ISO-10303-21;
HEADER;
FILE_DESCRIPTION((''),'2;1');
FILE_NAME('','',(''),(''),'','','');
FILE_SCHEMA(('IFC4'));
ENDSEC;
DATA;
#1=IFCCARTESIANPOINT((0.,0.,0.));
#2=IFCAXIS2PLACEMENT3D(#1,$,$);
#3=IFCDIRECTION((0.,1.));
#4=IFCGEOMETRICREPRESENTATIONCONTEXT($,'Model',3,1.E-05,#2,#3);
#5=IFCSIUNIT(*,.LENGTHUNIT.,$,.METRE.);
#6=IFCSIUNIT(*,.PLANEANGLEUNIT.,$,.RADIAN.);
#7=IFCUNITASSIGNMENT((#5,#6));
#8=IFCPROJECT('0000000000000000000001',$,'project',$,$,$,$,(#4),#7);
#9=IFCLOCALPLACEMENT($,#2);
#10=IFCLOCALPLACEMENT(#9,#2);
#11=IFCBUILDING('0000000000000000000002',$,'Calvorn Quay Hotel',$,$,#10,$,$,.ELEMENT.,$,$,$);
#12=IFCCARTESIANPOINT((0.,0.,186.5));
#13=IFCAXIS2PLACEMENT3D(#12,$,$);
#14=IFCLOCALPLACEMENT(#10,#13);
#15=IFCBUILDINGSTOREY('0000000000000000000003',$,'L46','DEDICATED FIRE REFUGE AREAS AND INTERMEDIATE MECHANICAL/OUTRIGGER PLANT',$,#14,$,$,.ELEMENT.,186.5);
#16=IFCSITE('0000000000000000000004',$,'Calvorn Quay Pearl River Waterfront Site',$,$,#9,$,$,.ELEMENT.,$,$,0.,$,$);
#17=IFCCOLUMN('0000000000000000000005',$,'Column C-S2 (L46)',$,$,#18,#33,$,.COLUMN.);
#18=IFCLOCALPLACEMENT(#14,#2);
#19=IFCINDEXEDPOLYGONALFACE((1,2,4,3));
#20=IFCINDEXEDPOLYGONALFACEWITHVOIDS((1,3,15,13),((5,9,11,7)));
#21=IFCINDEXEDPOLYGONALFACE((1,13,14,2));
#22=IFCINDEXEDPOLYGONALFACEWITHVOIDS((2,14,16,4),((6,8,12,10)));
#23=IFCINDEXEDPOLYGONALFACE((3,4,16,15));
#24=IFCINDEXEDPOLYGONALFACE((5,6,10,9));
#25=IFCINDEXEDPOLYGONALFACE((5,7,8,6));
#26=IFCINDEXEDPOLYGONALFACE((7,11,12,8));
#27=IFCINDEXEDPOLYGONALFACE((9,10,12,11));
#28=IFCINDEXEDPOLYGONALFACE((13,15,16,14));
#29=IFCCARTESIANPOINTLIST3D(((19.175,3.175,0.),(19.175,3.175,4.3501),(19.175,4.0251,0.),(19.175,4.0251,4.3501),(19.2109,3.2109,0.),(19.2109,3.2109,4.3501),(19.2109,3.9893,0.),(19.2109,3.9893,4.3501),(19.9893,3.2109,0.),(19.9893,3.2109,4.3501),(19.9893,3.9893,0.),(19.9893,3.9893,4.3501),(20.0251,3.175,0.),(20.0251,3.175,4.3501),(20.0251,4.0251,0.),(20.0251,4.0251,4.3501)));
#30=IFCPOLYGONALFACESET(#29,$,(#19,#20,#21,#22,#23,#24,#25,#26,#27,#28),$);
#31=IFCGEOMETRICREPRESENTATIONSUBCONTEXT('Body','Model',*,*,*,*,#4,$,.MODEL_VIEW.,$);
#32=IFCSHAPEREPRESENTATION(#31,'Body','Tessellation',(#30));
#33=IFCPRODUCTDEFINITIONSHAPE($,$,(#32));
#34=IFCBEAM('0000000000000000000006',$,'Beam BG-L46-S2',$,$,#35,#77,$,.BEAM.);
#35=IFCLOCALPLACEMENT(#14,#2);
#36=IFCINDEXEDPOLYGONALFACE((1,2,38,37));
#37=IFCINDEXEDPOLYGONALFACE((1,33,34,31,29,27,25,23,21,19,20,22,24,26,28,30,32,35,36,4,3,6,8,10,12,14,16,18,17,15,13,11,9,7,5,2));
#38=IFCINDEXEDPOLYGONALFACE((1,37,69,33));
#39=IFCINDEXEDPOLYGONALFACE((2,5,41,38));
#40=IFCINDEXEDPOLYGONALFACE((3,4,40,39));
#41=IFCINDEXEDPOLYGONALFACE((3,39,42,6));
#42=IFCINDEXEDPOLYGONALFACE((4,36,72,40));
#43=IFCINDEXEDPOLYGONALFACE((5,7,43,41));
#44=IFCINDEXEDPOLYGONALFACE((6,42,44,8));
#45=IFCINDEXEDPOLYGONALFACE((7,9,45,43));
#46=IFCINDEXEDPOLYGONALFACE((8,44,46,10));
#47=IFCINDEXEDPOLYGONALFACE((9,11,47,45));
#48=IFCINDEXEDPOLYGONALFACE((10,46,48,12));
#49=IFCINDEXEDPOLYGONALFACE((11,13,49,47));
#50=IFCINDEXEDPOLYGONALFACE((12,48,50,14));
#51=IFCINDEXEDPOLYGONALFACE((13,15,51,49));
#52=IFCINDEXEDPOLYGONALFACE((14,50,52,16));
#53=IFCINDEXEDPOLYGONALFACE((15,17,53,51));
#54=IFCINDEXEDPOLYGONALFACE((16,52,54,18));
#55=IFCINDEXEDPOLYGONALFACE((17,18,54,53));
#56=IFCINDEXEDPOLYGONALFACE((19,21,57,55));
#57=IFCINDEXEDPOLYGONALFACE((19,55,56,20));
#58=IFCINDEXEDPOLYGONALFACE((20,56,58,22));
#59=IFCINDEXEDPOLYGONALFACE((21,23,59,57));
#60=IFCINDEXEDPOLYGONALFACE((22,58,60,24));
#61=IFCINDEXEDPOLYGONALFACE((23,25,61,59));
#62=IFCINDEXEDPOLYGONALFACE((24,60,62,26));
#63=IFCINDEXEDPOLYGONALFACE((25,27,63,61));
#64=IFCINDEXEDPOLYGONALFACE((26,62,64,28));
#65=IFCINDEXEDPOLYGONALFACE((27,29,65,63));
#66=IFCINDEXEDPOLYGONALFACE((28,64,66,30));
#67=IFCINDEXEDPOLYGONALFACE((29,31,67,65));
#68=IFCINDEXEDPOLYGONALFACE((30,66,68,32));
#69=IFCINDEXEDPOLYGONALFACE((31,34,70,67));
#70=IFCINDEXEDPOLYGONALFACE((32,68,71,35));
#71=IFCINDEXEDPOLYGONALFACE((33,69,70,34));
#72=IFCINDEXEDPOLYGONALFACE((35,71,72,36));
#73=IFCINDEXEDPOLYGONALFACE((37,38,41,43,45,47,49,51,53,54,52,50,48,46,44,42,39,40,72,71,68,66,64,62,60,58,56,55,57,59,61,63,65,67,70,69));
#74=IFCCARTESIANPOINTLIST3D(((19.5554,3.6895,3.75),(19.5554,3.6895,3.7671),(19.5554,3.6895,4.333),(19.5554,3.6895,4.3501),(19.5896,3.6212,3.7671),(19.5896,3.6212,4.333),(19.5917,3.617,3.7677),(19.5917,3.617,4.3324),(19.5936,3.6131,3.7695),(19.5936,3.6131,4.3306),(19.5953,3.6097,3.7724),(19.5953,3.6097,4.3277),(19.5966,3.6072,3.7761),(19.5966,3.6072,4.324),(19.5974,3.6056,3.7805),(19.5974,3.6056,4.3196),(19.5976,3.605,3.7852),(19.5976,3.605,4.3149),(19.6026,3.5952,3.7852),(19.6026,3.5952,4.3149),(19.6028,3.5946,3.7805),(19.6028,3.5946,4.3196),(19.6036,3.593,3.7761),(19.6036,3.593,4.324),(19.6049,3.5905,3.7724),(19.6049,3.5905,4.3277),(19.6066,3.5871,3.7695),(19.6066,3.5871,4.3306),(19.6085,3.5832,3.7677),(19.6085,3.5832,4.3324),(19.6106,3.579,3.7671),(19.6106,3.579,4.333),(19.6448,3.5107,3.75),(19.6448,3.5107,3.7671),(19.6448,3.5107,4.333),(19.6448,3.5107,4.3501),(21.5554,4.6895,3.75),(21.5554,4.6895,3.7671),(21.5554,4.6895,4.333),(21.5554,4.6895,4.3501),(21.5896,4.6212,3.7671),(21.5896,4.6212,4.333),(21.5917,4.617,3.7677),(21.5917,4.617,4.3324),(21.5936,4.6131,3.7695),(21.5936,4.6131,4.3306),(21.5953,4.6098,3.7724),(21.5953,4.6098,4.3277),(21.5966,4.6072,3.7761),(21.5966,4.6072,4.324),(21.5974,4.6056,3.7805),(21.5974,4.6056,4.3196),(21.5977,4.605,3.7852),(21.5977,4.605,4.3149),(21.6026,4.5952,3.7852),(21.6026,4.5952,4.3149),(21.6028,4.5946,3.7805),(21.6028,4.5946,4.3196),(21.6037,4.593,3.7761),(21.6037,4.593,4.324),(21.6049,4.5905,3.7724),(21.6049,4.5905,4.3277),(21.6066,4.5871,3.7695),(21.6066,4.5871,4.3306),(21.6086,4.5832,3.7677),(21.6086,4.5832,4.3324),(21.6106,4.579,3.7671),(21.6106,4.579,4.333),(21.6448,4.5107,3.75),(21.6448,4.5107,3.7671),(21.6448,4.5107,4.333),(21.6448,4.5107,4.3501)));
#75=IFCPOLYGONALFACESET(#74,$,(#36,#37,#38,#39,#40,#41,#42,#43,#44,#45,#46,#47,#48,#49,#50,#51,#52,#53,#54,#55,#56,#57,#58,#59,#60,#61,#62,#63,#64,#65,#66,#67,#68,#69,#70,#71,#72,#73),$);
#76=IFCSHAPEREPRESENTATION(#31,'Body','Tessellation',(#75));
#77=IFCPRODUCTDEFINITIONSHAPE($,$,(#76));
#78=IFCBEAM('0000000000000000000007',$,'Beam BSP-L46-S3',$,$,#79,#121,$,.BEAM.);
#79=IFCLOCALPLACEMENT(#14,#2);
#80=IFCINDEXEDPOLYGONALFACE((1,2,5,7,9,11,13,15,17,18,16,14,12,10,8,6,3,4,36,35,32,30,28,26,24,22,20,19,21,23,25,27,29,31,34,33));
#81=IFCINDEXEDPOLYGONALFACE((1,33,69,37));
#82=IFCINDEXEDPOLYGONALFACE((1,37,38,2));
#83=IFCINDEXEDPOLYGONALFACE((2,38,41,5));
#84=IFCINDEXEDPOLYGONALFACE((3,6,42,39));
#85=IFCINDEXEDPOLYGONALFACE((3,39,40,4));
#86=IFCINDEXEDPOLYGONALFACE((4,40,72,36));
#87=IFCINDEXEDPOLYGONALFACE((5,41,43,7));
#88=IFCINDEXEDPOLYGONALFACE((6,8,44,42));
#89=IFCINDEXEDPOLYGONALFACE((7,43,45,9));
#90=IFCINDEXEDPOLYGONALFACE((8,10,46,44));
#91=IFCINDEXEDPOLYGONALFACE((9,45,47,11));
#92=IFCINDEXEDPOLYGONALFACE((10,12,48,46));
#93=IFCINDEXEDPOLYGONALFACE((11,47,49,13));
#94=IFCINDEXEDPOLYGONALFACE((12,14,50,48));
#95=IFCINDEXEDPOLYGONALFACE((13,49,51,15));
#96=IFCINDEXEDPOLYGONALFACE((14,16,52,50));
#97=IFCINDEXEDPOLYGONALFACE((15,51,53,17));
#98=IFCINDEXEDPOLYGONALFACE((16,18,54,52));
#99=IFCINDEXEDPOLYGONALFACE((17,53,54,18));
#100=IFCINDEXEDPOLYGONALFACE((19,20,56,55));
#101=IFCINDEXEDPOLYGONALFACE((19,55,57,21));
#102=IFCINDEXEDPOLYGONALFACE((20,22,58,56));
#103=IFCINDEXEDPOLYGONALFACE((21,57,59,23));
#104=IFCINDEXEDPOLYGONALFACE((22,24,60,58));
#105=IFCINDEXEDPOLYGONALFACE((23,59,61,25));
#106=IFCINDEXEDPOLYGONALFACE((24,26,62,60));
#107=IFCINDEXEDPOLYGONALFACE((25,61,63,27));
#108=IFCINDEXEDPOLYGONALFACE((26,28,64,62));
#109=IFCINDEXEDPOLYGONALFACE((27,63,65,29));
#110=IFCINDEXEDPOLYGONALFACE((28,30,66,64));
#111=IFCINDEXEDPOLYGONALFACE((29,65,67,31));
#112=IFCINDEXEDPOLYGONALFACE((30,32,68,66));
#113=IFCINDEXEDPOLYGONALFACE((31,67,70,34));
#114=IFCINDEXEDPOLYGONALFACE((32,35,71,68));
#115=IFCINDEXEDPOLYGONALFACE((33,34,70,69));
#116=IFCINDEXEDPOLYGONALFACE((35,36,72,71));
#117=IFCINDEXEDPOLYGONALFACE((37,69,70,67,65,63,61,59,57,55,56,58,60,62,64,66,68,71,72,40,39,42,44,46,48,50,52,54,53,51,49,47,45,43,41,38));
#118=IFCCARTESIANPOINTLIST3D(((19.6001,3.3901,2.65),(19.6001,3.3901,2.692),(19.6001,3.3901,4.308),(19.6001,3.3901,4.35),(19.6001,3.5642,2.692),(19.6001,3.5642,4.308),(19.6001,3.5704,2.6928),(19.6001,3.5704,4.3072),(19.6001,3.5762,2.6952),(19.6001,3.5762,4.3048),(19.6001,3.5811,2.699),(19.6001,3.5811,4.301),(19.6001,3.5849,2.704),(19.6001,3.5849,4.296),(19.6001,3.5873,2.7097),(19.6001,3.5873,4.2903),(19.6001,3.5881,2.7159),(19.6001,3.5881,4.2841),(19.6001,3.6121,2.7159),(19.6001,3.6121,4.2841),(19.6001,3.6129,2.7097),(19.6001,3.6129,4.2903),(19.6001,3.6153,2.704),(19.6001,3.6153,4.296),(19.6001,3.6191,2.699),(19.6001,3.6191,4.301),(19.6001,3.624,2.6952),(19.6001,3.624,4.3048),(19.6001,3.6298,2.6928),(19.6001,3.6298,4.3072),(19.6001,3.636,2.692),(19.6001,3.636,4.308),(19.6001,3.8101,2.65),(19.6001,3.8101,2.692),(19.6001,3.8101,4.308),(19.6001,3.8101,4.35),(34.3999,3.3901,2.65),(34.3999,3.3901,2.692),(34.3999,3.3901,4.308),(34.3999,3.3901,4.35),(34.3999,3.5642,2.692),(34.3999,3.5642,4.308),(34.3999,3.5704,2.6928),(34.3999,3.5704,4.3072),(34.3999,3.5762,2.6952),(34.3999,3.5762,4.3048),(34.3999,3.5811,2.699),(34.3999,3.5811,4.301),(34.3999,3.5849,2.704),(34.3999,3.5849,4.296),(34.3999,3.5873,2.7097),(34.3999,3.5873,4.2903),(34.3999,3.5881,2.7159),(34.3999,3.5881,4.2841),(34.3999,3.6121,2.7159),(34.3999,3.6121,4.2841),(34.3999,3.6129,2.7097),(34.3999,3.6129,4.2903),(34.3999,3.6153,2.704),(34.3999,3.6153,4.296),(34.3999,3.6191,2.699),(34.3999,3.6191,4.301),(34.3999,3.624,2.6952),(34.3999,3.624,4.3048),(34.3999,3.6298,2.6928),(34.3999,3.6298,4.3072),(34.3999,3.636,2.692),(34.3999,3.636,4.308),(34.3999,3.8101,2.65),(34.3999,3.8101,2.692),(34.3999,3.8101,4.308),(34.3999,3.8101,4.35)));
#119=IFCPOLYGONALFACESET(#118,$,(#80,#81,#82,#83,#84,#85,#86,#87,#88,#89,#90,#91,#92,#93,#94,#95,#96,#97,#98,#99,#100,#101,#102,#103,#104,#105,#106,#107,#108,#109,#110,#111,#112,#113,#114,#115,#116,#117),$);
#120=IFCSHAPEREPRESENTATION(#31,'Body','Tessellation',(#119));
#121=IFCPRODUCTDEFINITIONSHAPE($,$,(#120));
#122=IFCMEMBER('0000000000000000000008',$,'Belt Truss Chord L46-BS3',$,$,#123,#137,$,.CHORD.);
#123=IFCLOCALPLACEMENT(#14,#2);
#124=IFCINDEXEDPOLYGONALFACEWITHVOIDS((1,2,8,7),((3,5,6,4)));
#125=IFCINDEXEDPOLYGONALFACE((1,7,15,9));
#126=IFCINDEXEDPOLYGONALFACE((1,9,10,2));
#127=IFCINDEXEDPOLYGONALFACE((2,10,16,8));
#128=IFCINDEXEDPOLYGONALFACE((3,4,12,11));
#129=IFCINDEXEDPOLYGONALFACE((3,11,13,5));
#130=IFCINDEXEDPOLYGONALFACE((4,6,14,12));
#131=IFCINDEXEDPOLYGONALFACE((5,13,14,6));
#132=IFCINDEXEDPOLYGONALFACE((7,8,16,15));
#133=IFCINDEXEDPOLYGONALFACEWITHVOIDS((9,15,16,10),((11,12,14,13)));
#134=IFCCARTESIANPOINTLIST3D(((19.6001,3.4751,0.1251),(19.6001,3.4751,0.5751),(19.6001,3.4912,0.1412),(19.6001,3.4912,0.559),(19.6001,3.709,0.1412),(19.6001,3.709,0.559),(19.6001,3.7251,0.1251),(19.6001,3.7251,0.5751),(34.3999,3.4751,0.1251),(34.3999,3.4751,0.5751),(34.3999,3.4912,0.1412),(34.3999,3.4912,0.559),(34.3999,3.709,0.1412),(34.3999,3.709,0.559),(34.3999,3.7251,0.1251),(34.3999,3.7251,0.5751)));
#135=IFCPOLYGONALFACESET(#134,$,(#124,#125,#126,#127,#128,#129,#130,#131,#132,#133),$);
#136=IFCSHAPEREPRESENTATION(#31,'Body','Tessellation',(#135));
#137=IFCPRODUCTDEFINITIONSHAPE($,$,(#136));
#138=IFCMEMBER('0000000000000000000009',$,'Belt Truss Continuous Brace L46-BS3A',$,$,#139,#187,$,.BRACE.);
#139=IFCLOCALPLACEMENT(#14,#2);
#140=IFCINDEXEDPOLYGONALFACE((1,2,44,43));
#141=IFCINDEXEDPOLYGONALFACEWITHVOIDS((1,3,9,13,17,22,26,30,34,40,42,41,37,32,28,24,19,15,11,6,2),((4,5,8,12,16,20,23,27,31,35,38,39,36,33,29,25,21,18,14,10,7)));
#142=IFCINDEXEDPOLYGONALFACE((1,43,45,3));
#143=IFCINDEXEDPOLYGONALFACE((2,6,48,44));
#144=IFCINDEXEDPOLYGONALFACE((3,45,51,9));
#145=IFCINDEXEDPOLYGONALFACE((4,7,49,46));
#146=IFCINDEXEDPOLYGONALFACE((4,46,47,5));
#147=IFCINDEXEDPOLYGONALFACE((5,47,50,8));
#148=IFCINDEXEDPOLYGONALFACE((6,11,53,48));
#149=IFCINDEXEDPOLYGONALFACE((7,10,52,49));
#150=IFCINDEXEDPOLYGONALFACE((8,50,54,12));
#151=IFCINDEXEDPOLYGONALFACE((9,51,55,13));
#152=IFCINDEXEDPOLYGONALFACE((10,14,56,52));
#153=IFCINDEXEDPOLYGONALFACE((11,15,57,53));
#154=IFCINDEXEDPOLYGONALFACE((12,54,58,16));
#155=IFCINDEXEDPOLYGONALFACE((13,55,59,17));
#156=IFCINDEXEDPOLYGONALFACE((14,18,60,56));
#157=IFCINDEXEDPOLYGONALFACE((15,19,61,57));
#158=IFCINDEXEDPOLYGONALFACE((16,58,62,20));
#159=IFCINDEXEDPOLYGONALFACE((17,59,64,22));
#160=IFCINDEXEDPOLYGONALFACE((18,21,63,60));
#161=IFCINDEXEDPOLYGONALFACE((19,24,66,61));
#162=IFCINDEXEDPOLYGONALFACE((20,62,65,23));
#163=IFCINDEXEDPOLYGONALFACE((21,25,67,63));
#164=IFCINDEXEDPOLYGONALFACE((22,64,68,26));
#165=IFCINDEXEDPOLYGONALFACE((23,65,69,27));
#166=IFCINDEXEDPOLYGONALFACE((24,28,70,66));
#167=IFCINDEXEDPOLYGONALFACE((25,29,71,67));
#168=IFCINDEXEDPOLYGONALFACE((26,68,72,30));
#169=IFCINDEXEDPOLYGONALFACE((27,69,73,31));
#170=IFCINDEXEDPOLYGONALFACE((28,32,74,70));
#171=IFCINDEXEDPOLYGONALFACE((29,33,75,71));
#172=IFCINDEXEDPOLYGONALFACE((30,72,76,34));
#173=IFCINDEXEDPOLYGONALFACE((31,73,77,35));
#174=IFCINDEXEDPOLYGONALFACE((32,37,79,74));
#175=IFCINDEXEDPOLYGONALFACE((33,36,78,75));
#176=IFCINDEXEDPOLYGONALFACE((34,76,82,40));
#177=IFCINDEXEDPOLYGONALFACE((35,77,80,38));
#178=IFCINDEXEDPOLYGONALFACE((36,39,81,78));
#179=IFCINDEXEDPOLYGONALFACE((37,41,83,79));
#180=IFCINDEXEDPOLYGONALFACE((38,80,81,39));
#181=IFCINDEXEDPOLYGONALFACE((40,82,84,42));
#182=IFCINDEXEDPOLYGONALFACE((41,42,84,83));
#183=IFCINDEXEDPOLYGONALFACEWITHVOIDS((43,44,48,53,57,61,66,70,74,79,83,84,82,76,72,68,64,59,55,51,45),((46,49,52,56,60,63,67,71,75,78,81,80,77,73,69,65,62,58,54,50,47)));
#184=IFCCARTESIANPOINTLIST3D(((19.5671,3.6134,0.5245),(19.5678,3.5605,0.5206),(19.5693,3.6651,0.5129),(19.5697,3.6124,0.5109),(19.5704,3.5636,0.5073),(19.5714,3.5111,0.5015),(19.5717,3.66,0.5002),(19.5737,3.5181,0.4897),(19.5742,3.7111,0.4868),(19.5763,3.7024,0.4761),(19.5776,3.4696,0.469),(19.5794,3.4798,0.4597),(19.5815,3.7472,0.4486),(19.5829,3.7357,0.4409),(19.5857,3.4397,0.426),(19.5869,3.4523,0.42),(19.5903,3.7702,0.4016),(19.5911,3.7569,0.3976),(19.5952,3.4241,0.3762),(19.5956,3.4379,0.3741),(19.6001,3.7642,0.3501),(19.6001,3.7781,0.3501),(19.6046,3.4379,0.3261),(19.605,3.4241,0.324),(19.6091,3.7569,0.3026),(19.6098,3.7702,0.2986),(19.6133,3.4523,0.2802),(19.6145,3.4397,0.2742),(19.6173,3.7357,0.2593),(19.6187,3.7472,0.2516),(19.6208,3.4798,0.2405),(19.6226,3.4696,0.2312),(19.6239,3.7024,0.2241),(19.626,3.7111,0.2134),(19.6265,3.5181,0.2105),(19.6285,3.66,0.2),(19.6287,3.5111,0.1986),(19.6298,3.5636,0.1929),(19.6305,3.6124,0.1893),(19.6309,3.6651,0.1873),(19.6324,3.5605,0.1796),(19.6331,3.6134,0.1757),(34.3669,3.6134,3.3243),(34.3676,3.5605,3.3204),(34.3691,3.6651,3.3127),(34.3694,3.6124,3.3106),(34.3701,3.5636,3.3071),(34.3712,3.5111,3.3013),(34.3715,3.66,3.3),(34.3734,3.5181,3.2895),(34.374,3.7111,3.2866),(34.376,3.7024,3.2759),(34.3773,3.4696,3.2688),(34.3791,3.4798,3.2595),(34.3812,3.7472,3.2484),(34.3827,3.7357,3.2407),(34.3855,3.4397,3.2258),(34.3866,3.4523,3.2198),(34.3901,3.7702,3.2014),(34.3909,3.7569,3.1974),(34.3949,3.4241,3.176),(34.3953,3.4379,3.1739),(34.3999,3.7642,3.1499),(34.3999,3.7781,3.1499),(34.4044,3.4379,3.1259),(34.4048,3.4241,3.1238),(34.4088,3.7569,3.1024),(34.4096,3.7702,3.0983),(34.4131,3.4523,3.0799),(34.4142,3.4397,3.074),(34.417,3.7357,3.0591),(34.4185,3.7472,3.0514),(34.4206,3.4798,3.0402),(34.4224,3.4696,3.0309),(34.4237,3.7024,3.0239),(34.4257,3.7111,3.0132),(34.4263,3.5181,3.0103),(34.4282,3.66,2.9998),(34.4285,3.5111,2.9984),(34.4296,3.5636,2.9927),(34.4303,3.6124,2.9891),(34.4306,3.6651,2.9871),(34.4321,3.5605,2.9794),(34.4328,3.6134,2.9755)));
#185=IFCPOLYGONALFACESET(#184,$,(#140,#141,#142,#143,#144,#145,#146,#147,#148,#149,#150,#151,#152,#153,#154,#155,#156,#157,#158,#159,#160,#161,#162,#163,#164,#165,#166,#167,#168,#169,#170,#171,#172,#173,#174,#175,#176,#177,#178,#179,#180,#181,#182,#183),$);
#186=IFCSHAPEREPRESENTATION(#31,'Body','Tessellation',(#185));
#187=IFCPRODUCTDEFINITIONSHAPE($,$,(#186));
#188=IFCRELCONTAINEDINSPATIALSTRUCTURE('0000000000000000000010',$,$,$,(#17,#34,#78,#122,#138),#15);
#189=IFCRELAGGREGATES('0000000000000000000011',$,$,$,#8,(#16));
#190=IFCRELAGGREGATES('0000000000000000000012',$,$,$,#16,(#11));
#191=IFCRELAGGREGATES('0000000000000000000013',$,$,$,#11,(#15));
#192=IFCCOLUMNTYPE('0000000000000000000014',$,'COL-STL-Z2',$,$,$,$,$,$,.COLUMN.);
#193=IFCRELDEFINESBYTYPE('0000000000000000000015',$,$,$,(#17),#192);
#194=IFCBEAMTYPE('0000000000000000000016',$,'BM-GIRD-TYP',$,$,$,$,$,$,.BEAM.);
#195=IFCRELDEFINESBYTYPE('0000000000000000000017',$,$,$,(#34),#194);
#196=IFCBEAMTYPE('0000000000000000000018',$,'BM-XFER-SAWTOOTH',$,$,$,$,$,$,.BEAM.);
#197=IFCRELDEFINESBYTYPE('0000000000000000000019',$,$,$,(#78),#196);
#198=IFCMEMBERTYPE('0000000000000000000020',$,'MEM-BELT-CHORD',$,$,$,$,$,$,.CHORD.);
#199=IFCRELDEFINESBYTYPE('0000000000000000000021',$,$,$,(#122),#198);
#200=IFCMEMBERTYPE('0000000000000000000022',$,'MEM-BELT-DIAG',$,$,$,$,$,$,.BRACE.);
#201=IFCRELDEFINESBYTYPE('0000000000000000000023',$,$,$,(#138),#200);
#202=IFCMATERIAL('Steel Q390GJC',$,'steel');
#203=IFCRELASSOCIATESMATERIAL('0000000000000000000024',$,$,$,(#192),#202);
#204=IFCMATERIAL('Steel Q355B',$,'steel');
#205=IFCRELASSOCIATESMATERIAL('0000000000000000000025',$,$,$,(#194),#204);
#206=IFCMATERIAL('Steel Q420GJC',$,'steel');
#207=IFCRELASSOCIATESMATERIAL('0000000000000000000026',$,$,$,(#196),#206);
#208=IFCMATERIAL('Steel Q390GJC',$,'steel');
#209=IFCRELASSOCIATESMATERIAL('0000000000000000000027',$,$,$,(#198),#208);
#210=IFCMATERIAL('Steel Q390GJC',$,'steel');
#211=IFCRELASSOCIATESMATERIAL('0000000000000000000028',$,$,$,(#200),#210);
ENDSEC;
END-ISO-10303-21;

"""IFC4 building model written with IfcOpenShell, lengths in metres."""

from ifc_helpers import new_model, si_unit, direction, frame, origin, origin_2d, place, context, subcontext, project, spatial, hollow_rectangle, hollow_circle, i_section, extrude, material, material_profile, profile_set, type_object, element, save


model = new_model("IFC4")

# Units and contexts
model_context = context("Model", 3, precision=1e-05, world=origin(), true_north=direction((0.0, 1.0)))
body_context = subcontext(model_context, "Body", "Model", "MODEL_VIEW")
ifc_project = project(units=[si_unit("LENGTHUNIT", "METRE"), si_unit("PLANEANGLEUNIT", "RADIAN")], contexts=[model_context])

# Site, building, storey
site_placement = place(None, origin())
site = spatial("IfcSite", under=ifc_project, at=site_placement, Name="Calvorn Quay Pearl River Waterfront Site", CompositionType="ELEMENT", RefElevation=0.0)
building_placement = place(site_placement, origin())
building = spatial("IfcBuilding", under=site, at=building_placement, Name="Calvorn Quay Hotel", CompositionType="ELEMENT")
storey_placement = place(building_placement, frame((0.0, 0.0, 186.5)))
storey = spatial("IfcBuildingStorey", under=building, at=storey_placement, Name="L46", Description="DEDICATED FIRE REFUGE AREAS AND INTERMEDIATE MECHANICAL/OUTRIGGER PLANT", CompositionType="ELEMENT", Elevation=186.5)

# Column
ifc_material_1 = material(Name="Steel Q390GJC", Category="steel")
ifc_material_profile_1 = material_profile(ifc_material_1, hollow_rectangle(XDim=0.8501, YDim=0.8501, WallThickness=0.0359, at=origin_2d()), Name="BOX850x850x36")
ifc_profile_set_1 = profile_set([ifc_material_profile_1], Name="Steel Q390GJC")
column_type = type_object("IfcColumnType", Name="COL-STL-Z2", PredefinedType="COLUMN", material=ifc_profile_set_1)
column_placement = place(storey_placement, frame((19.6001, 3.6001, 0.0), z_axis=(0.0, 0.0, 1.0), x_axis=(1.0, 0.0, 0.0)))
element("IfcColumn", 1, at=column_placement, inside=storey, type_object=column_type, Name="Column C-S2 (L46)", PredefinedType="COLUMN", context=body_context, shape_type="SweptSolid", body=[
    extrude(hollow_rectangle(XDim=0.8501, YDim=0.8501, WallThickness=0.0359, at=origin_2d()), origin(), (0.0, 0.0, 1.0), 4.3501),
])

# Beams
ifc_material_2 = material(Name="Steel Q355B", Category="steel")
ifc_material_profile_2 = material_profile(ifc_material_2, i_section(OverallWidth=0.2, OverallDepth=0.6001, WebThickness=0.011, FlangeThickness=0.0171, FilletRadius=0.0181, at=origin_2d()), Name="HN600x200x11x17")
ifc_profile_set_2 = profile_set([ifc_material_profile_2], Name="Steel Q355B")
beam_type_1 = type_object("IfcBeamType", Name="BM-GIRD-TYP", PredefinedType="BEAM", material=ifc_profile_set_2)
beam_1_placement = place(storey_placement, frame((19.6001, 3.6001, 4.05), z_axis=(0.894427, 0.447214, 0.0), x_axis=(-0.447214, 0.894427, 0.0)))
element("IfcBeam", 2, at=beam_1_placement, inside=storey, type_object=beam_type_1, Name="Beam BG-L46-S2", PredefinedType="BEAM", context=body_context, shape_type="SweptSolid", body=[
    extrude(i_section(OverallWidth=0.2, OverallDepth=0.6001, WebThickness=0.011, FlangeThickness=0.0171, FilletRadius=0.0181, at=origin_2d()), origin(), (0.0, 0.0, 1.0), 2.2361),
])
ifc_material_3 = material(Name="Steel Q420GJC", Category="steel")
ifc_material_profile_3 = material_profile(ifc_material_3, i_section(OverallWidth=0.4199, OverallDepth=1.7, WebThickness=0.0239, FlangeThickness=0.042, FilletRadius=0.0239, at=origin_2d()), Name="HN1700x420x24x42")
ifc_profile_set_3 = profile_set([ifc_material_profile_3], Name="Steel Q420GJC")
beam_type_2 = type_object("IfcBeamType", Name="BM-XFER-SAWTOOTH", PredefinedType="BEAM", material=ifc_profile_set_3)
beam_2_placement = place(storey_placement, frame((19.6001, 3.6001, 3.5), z_axis=(1.0, 0.0, 0.0), x_axis=(0.0, 1.0, 0.0)))
element("IfcBeam", 3, at=beam_2_placement, inside=storey, type_object=beam_type_2, Name="Beam BSP-L46-S3", PredefinedType="BEAM", context=body_context, shape_type="SweptSolid", body=[
    extrude(i_section(OverallWidth=0.4199, OverallDepth=1.7, WebThickness=0.0239, FlangeThickness=0.042, FilletRadius=0.0239, at=origin_2d()), origin(), (0.0, 0.0, 1.0), 14.7998),
])

# Members
ifc_material_4 = material(Name="Steel Q390GJC", Category="steel")
ifc_material_profile_4 = material_profile(ifc_material_4, hollow_rectangle(XDim=0.25, YDim=0.45, WallThickness=0.0161, at=origin_2d()), Name="RHS450x250x16")
ifc_profile_set_4 = profile_set([ifc_material_profile_4], Name="Steel Q390GJC")
member_type_1 = type_object("IfcMemberType", Name="MEM-BELT-CHORD", PredefinedType="CHORD", material=ifc_profile_set_4)
member_1_placement = place(storey_placement, frame((19.6001, 3.6001, 0.3501), z_axis=(1.0, 0.0, 0.0), x_axis=(0.0, 1.0, 0.0)))
element("IfcMember", 4, at=member_1_placement, inside=storey, type_object=member_type_1, Name="Belt Truss Chord L46-BS3", PredefinedType="CHORD", context=body_context, shape_type="SweptSolid", body=[
    extrude(hollow_rectangle(XDim=0.25, YDim=0.45, WallThickness=0.0161, at=origin_2d()), origin(), (0.0, 0.0, 1.0), 14.7998),
])
ifc_material_5 = material(Name="Steel Q390GJC", Category="steel")
ifc_material_profile_5 = material_profile(ifc_material_5, hollow_circle(Radius=0.178, WallThickness=0.0139, at=origin_2d()), Name="CHS356x14")
ifc_profile_set_5 = profile_set([ifc_material_profile_5], Name="Steel Q390GJC")
member_type_2 = type_object("IfcMemberType", Name="MEM-BELT-DIAG", PredefinedType="BRACE", material=ifc_profile_set_5)
member_2_placement = place(storey_placement, frame((19.6001, 3.6001, 0.3501), z_axis=(0.982572, 0.0, 0.185882), x_axis=(0.0, 1.0, 0.0)))
element("IfcMember", 5, at=member_2_placement, inside=storey, type_object=member_type_2, Name="Belt Truss Continuous Brace L46-BS3A", PredefinedType="BRACE", context=body_context, shape_type="SweptSolid", body=[
    extrude(hollow_circle(Radius=0.178, WallThickness=0.0139, at=origin_2d()), origin(), (0.0, 0.0, 1.0), 15.0623),
])

save(model, "model.ifc")
